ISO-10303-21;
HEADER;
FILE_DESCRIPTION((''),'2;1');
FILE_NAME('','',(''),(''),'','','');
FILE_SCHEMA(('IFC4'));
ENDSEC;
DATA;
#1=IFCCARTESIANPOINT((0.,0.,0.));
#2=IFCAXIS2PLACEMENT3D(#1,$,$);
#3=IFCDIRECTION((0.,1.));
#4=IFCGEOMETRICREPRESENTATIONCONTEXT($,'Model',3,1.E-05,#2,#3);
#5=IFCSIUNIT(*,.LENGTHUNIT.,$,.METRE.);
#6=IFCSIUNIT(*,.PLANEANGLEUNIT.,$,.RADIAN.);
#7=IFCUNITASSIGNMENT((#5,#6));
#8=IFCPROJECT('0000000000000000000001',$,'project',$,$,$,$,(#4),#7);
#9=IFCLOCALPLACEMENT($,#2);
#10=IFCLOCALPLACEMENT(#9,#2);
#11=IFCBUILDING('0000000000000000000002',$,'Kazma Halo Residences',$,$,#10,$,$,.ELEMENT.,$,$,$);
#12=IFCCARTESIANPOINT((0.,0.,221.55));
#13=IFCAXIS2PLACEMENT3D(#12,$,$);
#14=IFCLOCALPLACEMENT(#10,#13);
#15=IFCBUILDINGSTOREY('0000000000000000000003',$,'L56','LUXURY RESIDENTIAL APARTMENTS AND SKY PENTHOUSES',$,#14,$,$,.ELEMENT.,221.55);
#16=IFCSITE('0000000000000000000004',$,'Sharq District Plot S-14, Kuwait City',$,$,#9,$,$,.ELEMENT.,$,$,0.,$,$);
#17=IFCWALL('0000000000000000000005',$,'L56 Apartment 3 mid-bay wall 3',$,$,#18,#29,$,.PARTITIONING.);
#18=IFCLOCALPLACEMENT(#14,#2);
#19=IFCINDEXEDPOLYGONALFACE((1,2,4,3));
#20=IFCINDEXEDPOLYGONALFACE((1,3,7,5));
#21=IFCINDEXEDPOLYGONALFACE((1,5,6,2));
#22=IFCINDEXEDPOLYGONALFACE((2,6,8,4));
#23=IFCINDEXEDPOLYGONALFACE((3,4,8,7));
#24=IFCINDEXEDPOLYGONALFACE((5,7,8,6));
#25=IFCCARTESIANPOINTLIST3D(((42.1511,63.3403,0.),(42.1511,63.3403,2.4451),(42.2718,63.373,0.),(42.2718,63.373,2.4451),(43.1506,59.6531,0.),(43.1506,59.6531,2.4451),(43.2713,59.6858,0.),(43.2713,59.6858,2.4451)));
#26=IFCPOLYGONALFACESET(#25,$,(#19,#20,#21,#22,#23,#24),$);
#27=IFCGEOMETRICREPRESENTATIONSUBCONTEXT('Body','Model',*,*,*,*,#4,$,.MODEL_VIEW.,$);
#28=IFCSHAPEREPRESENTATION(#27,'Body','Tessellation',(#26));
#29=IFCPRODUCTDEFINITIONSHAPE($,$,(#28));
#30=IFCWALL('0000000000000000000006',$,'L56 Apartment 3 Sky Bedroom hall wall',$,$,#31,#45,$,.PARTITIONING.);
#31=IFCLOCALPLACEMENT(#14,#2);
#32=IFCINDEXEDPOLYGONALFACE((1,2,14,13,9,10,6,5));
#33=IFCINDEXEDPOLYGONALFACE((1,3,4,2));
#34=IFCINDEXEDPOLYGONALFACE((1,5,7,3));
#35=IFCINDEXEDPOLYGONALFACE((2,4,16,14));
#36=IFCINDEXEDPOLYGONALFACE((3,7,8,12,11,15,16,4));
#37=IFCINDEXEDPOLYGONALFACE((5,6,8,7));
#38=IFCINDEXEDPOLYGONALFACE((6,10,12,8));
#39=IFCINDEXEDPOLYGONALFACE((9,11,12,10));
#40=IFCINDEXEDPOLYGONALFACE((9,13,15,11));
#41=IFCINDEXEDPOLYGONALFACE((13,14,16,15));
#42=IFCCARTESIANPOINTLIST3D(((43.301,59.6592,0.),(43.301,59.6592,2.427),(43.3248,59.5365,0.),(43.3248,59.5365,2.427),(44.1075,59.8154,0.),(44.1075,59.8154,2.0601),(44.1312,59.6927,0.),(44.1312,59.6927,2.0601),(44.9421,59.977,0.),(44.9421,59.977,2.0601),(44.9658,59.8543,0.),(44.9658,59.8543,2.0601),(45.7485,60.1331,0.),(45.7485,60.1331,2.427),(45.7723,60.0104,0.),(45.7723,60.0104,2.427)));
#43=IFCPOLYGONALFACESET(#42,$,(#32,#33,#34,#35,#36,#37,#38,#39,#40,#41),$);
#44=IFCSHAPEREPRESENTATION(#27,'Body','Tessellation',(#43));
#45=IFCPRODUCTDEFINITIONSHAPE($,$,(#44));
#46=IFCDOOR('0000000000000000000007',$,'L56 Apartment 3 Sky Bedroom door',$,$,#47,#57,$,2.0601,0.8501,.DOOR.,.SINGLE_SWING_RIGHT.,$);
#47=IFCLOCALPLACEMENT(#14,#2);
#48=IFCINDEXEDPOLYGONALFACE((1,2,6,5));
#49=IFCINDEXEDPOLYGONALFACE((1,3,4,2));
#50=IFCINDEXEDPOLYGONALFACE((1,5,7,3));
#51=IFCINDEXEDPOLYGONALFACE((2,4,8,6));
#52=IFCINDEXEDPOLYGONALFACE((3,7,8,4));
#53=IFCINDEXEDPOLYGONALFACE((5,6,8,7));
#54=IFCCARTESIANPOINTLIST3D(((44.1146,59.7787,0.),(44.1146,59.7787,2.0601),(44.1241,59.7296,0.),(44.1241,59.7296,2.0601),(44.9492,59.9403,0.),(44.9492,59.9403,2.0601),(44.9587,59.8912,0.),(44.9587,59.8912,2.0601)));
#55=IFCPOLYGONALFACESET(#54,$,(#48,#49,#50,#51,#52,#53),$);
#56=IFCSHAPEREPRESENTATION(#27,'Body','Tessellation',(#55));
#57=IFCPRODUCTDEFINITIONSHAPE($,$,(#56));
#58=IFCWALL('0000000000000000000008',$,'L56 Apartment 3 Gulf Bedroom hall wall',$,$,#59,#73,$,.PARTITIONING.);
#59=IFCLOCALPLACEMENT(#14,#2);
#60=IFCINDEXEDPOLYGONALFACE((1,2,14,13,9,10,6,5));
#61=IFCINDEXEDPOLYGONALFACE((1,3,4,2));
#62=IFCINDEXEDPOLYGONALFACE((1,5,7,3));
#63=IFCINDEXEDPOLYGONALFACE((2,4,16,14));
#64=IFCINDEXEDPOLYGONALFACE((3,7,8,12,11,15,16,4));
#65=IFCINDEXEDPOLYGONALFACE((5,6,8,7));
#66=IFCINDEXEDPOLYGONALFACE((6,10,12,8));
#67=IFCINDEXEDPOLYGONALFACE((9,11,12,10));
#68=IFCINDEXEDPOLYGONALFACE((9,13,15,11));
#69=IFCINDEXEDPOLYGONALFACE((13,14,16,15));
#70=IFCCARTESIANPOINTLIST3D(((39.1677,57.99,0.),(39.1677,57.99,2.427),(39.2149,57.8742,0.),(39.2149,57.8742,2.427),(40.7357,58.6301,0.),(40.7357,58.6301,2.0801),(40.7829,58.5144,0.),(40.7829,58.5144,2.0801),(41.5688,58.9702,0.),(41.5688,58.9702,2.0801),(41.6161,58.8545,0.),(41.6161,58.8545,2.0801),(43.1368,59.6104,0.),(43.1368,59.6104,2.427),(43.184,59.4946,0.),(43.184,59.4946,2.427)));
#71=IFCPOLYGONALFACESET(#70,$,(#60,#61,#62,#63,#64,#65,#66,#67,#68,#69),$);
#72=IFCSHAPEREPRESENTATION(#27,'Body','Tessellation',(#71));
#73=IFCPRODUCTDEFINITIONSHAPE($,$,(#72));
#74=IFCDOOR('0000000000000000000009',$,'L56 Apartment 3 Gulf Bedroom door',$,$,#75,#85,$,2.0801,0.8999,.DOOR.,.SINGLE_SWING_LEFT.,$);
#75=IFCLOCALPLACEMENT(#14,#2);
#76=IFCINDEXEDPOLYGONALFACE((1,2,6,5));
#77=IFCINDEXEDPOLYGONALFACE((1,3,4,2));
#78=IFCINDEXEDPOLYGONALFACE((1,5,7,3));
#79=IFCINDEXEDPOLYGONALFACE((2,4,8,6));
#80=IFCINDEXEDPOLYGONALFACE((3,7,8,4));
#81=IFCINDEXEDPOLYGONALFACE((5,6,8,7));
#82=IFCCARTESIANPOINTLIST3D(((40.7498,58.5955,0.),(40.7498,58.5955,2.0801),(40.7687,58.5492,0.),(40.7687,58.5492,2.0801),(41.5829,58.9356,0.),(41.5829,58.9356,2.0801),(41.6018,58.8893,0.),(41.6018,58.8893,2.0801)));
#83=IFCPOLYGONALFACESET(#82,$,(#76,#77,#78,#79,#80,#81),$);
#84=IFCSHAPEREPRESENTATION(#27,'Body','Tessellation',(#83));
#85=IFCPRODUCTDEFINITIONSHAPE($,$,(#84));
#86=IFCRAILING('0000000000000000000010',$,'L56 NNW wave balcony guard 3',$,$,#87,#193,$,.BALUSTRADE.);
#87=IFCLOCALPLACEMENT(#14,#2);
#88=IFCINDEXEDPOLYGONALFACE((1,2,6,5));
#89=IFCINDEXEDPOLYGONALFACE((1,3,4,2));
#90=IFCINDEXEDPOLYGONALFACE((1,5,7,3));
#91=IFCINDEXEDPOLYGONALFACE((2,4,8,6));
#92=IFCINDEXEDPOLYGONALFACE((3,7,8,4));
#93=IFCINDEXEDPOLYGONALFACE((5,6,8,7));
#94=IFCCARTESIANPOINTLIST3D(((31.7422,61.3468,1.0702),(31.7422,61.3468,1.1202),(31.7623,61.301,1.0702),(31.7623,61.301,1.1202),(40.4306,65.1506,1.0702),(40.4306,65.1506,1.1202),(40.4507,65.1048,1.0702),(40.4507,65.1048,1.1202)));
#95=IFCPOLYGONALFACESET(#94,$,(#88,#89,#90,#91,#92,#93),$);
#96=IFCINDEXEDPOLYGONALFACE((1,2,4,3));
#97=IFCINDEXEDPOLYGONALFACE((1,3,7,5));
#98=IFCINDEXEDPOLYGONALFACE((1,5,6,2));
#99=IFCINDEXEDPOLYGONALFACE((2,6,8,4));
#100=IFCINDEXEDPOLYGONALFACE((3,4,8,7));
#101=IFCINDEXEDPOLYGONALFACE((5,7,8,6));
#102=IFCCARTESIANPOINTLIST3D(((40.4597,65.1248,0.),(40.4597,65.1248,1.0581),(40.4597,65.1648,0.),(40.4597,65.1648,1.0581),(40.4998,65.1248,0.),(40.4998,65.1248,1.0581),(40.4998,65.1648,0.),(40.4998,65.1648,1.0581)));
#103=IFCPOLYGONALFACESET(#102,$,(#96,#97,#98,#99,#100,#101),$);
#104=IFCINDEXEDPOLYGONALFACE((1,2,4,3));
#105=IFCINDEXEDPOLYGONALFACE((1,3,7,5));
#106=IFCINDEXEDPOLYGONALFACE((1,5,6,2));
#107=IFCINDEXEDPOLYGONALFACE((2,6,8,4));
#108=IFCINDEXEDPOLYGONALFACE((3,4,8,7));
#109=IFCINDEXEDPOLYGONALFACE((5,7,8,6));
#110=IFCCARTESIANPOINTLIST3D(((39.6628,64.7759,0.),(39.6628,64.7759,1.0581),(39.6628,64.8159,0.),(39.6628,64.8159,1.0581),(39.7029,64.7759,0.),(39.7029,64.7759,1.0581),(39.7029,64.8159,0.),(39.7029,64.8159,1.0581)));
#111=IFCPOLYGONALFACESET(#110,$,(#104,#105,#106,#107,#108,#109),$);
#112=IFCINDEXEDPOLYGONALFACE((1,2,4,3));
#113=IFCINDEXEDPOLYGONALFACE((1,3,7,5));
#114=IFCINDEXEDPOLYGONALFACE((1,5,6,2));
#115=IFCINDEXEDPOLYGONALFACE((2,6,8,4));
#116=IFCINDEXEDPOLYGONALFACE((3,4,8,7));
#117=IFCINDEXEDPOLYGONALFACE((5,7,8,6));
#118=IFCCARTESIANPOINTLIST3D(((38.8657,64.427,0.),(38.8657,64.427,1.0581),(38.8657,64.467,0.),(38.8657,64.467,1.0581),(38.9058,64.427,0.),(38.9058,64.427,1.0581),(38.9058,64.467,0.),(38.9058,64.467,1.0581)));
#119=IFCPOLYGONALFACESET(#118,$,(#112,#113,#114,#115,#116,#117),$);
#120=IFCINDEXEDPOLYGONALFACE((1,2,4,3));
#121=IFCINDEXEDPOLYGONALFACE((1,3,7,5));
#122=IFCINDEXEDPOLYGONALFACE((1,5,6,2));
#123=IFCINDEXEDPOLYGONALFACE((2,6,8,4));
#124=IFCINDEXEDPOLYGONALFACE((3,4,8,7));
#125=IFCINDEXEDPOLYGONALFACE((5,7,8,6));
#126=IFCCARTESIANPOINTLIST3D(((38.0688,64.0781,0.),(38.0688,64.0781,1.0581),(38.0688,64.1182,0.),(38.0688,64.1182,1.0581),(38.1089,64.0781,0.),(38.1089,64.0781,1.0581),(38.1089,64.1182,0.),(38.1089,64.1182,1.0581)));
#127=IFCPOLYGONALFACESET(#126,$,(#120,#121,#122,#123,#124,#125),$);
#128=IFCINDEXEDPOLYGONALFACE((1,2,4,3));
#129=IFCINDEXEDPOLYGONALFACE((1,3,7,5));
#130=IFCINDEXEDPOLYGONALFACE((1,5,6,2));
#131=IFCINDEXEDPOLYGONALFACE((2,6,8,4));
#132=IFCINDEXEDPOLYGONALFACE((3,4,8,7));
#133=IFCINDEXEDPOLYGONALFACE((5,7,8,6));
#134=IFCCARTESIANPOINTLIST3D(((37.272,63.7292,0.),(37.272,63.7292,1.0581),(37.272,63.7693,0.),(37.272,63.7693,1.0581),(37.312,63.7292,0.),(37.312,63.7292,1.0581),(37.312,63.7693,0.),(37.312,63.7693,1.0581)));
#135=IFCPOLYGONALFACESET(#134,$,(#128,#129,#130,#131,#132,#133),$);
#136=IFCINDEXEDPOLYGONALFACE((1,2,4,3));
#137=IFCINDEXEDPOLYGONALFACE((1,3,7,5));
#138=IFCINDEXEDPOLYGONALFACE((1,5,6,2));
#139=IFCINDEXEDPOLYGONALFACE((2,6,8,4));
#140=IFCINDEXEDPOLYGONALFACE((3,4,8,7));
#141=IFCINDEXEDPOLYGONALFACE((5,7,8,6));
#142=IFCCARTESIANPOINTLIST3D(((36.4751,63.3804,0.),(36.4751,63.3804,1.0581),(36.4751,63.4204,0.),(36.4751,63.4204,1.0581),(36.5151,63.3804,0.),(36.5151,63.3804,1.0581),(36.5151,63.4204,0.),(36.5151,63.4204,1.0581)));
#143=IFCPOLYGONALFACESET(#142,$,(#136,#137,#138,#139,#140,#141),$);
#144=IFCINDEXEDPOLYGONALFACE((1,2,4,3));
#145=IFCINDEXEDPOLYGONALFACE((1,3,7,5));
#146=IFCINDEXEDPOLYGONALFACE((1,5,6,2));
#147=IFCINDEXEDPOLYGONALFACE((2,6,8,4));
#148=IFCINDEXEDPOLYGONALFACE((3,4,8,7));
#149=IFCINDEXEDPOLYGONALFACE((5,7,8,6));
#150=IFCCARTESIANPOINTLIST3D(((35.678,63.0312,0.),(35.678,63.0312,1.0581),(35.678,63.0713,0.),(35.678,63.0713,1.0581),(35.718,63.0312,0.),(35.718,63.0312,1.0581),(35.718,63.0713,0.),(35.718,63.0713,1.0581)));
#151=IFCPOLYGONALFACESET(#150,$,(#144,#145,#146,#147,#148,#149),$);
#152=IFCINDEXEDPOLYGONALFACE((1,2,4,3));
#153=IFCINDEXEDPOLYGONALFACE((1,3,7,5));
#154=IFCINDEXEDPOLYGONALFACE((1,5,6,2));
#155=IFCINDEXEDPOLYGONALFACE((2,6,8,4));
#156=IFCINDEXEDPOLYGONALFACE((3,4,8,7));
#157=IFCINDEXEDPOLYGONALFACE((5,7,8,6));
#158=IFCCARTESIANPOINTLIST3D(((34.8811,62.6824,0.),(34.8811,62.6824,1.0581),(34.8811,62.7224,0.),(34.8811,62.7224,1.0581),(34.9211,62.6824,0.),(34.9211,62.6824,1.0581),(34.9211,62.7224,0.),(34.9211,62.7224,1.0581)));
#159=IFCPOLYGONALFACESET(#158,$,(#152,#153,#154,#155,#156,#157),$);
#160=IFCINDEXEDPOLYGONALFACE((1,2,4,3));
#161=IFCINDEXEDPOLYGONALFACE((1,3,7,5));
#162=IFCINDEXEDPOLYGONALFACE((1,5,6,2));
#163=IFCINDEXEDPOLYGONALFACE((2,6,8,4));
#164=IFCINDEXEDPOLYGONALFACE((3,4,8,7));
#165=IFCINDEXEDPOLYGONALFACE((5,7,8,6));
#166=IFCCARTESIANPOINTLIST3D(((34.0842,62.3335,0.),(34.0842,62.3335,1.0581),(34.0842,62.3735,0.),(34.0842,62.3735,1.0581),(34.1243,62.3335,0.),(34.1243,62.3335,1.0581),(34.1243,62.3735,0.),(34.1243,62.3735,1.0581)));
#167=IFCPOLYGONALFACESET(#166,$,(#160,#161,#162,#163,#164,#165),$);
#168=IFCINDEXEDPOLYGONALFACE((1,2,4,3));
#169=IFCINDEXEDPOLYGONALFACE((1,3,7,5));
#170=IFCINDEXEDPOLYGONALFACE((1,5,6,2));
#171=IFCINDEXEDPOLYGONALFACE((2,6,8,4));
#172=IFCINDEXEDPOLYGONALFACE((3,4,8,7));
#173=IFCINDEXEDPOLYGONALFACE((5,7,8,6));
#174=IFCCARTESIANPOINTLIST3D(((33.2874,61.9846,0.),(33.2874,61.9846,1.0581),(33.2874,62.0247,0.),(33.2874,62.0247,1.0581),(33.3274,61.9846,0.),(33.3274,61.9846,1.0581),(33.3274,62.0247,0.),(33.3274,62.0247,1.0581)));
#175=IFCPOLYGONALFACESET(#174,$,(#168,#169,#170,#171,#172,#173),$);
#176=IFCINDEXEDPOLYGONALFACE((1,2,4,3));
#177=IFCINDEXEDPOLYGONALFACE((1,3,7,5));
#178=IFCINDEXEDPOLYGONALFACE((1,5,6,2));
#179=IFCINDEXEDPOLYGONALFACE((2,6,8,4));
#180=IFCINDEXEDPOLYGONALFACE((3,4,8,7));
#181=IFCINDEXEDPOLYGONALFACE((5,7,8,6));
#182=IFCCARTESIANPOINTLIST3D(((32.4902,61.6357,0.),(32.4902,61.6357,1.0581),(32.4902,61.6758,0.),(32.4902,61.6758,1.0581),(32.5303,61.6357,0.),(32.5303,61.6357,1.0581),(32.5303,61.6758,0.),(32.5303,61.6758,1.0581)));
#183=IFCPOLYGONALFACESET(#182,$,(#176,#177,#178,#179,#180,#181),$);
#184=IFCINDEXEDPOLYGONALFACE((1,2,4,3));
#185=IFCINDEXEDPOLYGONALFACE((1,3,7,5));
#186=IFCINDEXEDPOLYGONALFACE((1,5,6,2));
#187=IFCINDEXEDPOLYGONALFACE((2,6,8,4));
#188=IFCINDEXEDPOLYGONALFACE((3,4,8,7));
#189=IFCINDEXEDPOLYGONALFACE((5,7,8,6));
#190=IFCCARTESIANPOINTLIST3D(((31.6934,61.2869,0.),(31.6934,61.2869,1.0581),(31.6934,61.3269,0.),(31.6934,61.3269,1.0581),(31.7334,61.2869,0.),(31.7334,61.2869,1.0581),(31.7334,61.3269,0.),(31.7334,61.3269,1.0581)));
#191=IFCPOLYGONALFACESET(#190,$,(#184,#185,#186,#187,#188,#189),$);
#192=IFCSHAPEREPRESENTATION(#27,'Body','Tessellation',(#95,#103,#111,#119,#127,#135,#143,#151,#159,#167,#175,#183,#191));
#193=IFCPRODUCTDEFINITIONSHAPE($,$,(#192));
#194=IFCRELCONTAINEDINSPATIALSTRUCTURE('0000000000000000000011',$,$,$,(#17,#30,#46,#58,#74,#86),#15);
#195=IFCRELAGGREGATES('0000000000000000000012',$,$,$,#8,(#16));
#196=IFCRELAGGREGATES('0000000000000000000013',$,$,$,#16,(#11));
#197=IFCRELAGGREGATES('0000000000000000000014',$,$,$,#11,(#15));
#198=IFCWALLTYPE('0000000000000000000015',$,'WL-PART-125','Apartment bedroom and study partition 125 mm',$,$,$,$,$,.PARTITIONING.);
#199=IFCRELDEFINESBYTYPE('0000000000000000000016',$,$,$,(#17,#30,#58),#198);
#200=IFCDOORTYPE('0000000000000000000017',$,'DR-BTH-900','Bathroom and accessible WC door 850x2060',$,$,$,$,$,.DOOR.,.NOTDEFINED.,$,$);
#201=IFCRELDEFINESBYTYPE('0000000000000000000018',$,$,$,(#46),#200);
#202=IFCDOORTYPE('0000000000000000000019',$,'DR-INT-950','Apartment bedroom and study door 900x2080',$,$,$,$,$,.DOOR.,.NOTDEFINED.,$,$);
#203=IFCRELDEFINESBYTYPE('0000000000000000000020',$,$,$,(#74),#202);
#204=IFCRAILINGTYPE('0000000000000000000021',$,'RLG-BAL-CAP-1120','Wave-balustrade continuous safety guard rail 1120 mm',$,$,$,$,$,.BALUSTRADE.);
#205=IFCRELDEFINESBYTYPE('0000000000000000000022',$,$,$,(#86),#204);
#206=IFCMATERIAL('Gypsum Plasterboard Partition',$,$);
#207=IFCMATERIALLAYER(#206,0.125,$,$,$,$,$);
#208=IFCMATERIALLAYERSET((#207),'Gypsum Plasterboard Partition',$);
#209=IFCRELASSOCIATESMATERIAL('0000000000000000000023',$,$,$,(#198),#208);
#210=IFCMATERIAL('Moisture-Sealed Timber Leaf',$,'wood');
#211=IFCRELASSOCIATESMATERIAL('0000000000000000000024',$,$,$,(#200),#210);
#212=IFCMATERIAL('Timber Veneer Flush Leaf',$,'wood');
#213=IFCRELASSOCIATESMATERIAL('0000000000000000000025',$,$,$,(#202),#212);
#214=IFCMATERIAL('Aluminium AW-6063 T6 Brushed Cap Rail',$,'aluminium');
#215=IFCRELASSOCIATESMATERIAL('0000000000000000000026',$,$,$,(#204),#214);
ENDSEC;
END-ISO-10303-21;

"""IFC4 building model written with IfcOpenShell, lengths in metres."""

from ifc_helpers import new_model, si_unit, direction, frame, frame_2d, origin, origin_2d, place, context, subcontext, project, spatial, rectangle, extrude, material, layer, layer_set, type_object, element, fill, save


model = new_model("IFC4")

# Units and contexts
model_context = context("Model", 3, precision=1e-05, world=origin(), true_north=direction((0.0, 1.0)))
body_context = subcontext(model_context, "Body", "Model", "MODEL_VIEW")
ifc_project = project(units=[si_unit("LENGTHUNIT", "METRE"), si_unit("PLANEANGLEUNIT", "RADIAN")], contexts=[model_context])

# Site, building, storey
site_placement = place(None, origin())
site = spatial("IfcSite", under=ifc_project, at=site_placement, Name="Sharq District Plot S-14, Kuwait City", CompositionType="ELEMENT", RefElevation=0.0)
building_placement = place(site_placement, origin())
building = spatial("IfcBuilding", under=site, at=building_placement, Name="Kazma Halo Residences", CompositionType="ELEMENT")
storey_placement = place(building_placement, frame((0.0, 0.0, 221.55)))
storey = spatial("IfcBuildingStorey", under=building, at=storey_placement, Name="L56", Description="LUXURY RESIDENTIAL APARTMENTS AND SKY PENTHOUSES", CompositionType="ELEMENT", Elevation=221.55)

# Wall
ifc_material_1 = material(Name="Gypsum Plasterboard Partition")
ifc_layer_1 = layer(ifc_material_1, 0.125)
ifc_layer_set_1 = layer_set([ifc_layer_1], Name="Gypsum Plasterboard Partition")
wall_type_1 = type_object("IfcWallType", Name="WL-PART-125", Description="Apartment bedroom and study partition 125 mm", PredefinedType="PARTITIONING", material=ifc_layer_set_1)
wall_1_placement = place(storey_placement, frame((43.2109, 59.6694, 0.0), z_axis=(0.0, 0.0, 1.0), x_axis=(-0.26163, 0.965168, 0.0)))
element("IfcWall", 1, at=wall_1_placement, inside=storey, type_object=wall_type_1, Name="L56 Apartment 3 mid-bay wall 3", PredefinedType="PARTITIONING", context=body_context, shape_type="SweptSolid", body=[
    extrude(rectangle(XDim=3.8203, YDim=0.125, at=frame_2d((1.9102, 0.0))), origin(), (0.0, 0.0, 1.0), 2.4451),
])

# Walls, openings, doors
wall_2_placement = place(storey_placement, frame((45.7605, 60.0718, 0.0), z_axis=(0.0, 0.0, 1.0), x_axis=(-0.981767, -0.190086, 0.0)))
wall_2 = element("IfcWall", 2, at=wall_2_placement, inside=storey, type_object=wall_type_1, Name="L56 Apartment 3 Sky Bedroom hall wall", PredefinedType="PARTITIONING", context=body_context, shape_type="SweptSolid", body=[
    extrude(rectangle(XDim=2.4929, YDim=0.125, at=frame_2d((1.2466, 0.0))), origin(), (0.0, 0.0, 1.0), 2.427),
])
opening_1_placement = place(wall_2_placement, frame((0.8215, 0.0, 0.0)))
opening_1 = element("IfcOpeningElement", 3, at=opening_1_placement, cuts=wall_2, PredefinedType="OPENING", context=body_context, shape_type="SweptSolid", body=[
    extrude(rectangle(XDim=0.8501, YDim=2.0601, at=frame_2d((0.425, 1.03))), frame((0.0, 0.0725, 0.0), z_axis=(0.0, -1.0, 0.0), x_axis=(1.0, 0.0, 0.0)), (0.0, 0.0, 1.0), 0.145),
])
ifc_material_2 = material(Name="Moisture-Sealed Timber Leaf", Category="wood")
door_type_1 = type_object("IfcDoorType", Name="DR-BTH-900", Description="Bathroom and accessible WC door 850x2060", OperationType="NOTDEFINED", PredefinedType="DOOR", material=ifc_material_2)
door_1_placement = place(opening_1_placement, origin())
door_1 = element("IfcDoor", 4, at=door_1_placement, inside=storey, type_object=door_type_1, Name="L56 Apartment 3 Sky Bedroom door", OperationType="SINGLE_SWING_RIGHT", OverallHeight=2.0601, OverallWidth=0.8501, PredefinedType="DOOR", context=body_context, shape_type="SweptSolid", body=[
    extrude(rectangle(XDim=0.8501, YDim=2.0601, at=frame_2d((0.425, 1.03))), frame((0.0, 0.0249, 0.0), z_axis=(0.0, -1.0, 0.0), x_axis=(1.0, 0.0, 0.0)), (0.0, 0.0, 1.0), 0.05),
])
fill(opening_1, door_1)
wall_3_placement = place(storey_placement, frame((43.1604, 59.5525, 0.0), z_axis=(0.0, 0.0, 1.0), x_axis=(-0.925818, -0.37797, 0.0)))
wall_3 = element("IfcWall", 5, at=wall_3_placement, inside=storey, type_object=wall_type_1, Name="L56 Apartment 3 Gulf Bedroom hall wall", PredefinedType="PARTITIONING", context=body_context, shape_type="SweptSolid", body=[
    extrude(rectangle(XDim=4.2871, YDim=0.125, at=frame_2d((2.1436, 0.0))), origin(), (0.0, 0.0, 1.0), 2.427),
])
opening_2_placement = place(wall_3_placement, frame((1.6936, 0.0, 0.0)))
opening_2 = element("IfcOpeningElement", 6, at=opening_2_placement, cuts=wall_3, PredefinedType="OPENING", context=body_context, shape_type="SweptSolid", body=[
    extrude(rectangle(XDim=0.8999, YDim=2.0801, at=frame_2d((0.45, 1.04))), frame((0.0, 0.0725, 0.0), z_axis=(0.0, -1.0, 0.0), x_axis=(1.0, 0.0, 0.0)), (0.0, 0.0, 1.0), 0.145),
])
ifc_material_3 = material(Name="Timber Veneer Flush Leaf", Category="wood")
door_type_2 = type_object("IfcDoorType", Name="DR-INT-950", Description="Apartment bedroom and study door 900x2080", OperationType="NOTDEFINED", PredefinedType="DOOR", material=ifc_material_3)
door_2_placement = place(opening_2_placement, origin())
door_2 = element("IfcDoor", 7, at=door_2_placement, inside=storey, type_object=door_type_2, Name="L56 Apartment 3 Gulf Bedroom door", OperationType="SINGLE_SWING_LEFT", OverallHeight=2.0801, OverallWidth=0.8999, PredefinedType="DOOR", context=body_context, shape_type="SweptSolid", body=[
    extrude(rectangle(XDim=0.8999, YDim=2.0801, at=frame_2d((0.45, 1.04))), frame((0.0, 0.0249, 0.0), z_axis=(0.0, -1.0, 0.0), x_axis=(1.0, 0.0, 0.0)), (0.0, 0.0, 1.0), 0.05),
])
fill(opening_2, door_2)

# Railing
ifc_material_4 = material(Name="Aluminium AW-6063 T6 Brushed Cap Rail", Category="aluminium")
railing_type = type_object("IfcRailingType", Name="RLG-BAL-CAP-1120", Description="Wave-balustrade continuous safety guard rail 1120 mm", PredefinedType="BALUSTRADE", material=ifc_material_4)
railing_placement = place(storey_placement, frame((40.4797, 65.1448, 0.0)))
element("IfcRailing", 8, at=railing_placement, inside=storey, type_object=railing_type, Name="L56 NNW wave balcony guard 3", PredefinedType="BALUSTRADE", context=body_context, shape_type="SweptSolid", body=[
    extrude(rectangle(XDim=0.05, YDim=0.05, at=origin_2d()), frame((-0.0391, -0.0171, 1.0952), z_axis=(-0.916057, -0.401048, 0.0), x_axis=(0.401048, -0.916057, 0.0)), (0.0, 0.0, 1.0), 9.4846),
    extrude(rectangle(XDim=0.04, YDim=0.04, at=origin_2d()), origin(), (0.0, 0.0, 1.0), 1.0581),
    extrude(rectangle(XDim=0.04, YDim=0.04, at=origin_2d()), frame((-0.7969, -0.3489, 0.0)), (0.0, 0.0, 1.0), 1.0581),
    extrude(rectangle(XDim=0.04, YDim=0.04, at=origin_2d()), frame((-1.594, -0.6978, 0.0)), (0.0, 0.0, 1.0), 1.0581),
    extrude(rectangle(XDim=0.04, YDim=0.04, at=origin_2d()), frame((-2.3909, -1.0466, 0.0)), (0.0, 0.0, 1.0), 1.0581),
    extrude(rectangle(XDim=0.04, YDim=0.04, at=origin_2d()), frame((-3.1877, -1.3955, 0.0)), (0.0, 0.0, 1.0), 1.0581),
    extrude(rectangle(XDim=0.04, YDim=0.04, at=origin_2d()), frame((-3.9846, -1.7444, 0.0)), (0.0, 0.0, 1.0), 1.0581),
    extrude(rectangle(XDim=0.04, YDim=0.04, at=origin_2d()), frame((-4.7817, -2.0935, 0.0)), (0.0, 0.0, 1.0), 1.0581),
    extrude(rectangle(XDim=0.04, YDim=0.04, at=origin_2d()), frame((-5.5786, -2.4424, 0.0)), (0.0, 0.0, 1.0), 1.0581),
    extrude(rectangle(XDim=0.04, YDim=0.04, at=origin_2d()), frame((-6.3755, -2.7913, 0.0)), (0.0, 0.0, 1.0), 1.0581),
    extrude(rectangle(XDim=0.04, YDim=0.04, at=origin_2d()), frame((-7.1724, -3.1401, 0.0)), (0.0, 0.0, 1.0), 1.0581),
    extrude(rectangle(XDim=0.04, YDim=0.04, at=origin_2d()), frame((-7.9695, -3.489, 0.0)), (0.0, 0.0, 1.0), 1.0581),
    extrude(rectangle(XDim=0.04, YDim=0.04, at=origin_2d()), frame((-8.7664, -3.8379, 0.0)), (0.0, 0.0, 1.0), 1.0581),
])

save(model, "model.ifc")
